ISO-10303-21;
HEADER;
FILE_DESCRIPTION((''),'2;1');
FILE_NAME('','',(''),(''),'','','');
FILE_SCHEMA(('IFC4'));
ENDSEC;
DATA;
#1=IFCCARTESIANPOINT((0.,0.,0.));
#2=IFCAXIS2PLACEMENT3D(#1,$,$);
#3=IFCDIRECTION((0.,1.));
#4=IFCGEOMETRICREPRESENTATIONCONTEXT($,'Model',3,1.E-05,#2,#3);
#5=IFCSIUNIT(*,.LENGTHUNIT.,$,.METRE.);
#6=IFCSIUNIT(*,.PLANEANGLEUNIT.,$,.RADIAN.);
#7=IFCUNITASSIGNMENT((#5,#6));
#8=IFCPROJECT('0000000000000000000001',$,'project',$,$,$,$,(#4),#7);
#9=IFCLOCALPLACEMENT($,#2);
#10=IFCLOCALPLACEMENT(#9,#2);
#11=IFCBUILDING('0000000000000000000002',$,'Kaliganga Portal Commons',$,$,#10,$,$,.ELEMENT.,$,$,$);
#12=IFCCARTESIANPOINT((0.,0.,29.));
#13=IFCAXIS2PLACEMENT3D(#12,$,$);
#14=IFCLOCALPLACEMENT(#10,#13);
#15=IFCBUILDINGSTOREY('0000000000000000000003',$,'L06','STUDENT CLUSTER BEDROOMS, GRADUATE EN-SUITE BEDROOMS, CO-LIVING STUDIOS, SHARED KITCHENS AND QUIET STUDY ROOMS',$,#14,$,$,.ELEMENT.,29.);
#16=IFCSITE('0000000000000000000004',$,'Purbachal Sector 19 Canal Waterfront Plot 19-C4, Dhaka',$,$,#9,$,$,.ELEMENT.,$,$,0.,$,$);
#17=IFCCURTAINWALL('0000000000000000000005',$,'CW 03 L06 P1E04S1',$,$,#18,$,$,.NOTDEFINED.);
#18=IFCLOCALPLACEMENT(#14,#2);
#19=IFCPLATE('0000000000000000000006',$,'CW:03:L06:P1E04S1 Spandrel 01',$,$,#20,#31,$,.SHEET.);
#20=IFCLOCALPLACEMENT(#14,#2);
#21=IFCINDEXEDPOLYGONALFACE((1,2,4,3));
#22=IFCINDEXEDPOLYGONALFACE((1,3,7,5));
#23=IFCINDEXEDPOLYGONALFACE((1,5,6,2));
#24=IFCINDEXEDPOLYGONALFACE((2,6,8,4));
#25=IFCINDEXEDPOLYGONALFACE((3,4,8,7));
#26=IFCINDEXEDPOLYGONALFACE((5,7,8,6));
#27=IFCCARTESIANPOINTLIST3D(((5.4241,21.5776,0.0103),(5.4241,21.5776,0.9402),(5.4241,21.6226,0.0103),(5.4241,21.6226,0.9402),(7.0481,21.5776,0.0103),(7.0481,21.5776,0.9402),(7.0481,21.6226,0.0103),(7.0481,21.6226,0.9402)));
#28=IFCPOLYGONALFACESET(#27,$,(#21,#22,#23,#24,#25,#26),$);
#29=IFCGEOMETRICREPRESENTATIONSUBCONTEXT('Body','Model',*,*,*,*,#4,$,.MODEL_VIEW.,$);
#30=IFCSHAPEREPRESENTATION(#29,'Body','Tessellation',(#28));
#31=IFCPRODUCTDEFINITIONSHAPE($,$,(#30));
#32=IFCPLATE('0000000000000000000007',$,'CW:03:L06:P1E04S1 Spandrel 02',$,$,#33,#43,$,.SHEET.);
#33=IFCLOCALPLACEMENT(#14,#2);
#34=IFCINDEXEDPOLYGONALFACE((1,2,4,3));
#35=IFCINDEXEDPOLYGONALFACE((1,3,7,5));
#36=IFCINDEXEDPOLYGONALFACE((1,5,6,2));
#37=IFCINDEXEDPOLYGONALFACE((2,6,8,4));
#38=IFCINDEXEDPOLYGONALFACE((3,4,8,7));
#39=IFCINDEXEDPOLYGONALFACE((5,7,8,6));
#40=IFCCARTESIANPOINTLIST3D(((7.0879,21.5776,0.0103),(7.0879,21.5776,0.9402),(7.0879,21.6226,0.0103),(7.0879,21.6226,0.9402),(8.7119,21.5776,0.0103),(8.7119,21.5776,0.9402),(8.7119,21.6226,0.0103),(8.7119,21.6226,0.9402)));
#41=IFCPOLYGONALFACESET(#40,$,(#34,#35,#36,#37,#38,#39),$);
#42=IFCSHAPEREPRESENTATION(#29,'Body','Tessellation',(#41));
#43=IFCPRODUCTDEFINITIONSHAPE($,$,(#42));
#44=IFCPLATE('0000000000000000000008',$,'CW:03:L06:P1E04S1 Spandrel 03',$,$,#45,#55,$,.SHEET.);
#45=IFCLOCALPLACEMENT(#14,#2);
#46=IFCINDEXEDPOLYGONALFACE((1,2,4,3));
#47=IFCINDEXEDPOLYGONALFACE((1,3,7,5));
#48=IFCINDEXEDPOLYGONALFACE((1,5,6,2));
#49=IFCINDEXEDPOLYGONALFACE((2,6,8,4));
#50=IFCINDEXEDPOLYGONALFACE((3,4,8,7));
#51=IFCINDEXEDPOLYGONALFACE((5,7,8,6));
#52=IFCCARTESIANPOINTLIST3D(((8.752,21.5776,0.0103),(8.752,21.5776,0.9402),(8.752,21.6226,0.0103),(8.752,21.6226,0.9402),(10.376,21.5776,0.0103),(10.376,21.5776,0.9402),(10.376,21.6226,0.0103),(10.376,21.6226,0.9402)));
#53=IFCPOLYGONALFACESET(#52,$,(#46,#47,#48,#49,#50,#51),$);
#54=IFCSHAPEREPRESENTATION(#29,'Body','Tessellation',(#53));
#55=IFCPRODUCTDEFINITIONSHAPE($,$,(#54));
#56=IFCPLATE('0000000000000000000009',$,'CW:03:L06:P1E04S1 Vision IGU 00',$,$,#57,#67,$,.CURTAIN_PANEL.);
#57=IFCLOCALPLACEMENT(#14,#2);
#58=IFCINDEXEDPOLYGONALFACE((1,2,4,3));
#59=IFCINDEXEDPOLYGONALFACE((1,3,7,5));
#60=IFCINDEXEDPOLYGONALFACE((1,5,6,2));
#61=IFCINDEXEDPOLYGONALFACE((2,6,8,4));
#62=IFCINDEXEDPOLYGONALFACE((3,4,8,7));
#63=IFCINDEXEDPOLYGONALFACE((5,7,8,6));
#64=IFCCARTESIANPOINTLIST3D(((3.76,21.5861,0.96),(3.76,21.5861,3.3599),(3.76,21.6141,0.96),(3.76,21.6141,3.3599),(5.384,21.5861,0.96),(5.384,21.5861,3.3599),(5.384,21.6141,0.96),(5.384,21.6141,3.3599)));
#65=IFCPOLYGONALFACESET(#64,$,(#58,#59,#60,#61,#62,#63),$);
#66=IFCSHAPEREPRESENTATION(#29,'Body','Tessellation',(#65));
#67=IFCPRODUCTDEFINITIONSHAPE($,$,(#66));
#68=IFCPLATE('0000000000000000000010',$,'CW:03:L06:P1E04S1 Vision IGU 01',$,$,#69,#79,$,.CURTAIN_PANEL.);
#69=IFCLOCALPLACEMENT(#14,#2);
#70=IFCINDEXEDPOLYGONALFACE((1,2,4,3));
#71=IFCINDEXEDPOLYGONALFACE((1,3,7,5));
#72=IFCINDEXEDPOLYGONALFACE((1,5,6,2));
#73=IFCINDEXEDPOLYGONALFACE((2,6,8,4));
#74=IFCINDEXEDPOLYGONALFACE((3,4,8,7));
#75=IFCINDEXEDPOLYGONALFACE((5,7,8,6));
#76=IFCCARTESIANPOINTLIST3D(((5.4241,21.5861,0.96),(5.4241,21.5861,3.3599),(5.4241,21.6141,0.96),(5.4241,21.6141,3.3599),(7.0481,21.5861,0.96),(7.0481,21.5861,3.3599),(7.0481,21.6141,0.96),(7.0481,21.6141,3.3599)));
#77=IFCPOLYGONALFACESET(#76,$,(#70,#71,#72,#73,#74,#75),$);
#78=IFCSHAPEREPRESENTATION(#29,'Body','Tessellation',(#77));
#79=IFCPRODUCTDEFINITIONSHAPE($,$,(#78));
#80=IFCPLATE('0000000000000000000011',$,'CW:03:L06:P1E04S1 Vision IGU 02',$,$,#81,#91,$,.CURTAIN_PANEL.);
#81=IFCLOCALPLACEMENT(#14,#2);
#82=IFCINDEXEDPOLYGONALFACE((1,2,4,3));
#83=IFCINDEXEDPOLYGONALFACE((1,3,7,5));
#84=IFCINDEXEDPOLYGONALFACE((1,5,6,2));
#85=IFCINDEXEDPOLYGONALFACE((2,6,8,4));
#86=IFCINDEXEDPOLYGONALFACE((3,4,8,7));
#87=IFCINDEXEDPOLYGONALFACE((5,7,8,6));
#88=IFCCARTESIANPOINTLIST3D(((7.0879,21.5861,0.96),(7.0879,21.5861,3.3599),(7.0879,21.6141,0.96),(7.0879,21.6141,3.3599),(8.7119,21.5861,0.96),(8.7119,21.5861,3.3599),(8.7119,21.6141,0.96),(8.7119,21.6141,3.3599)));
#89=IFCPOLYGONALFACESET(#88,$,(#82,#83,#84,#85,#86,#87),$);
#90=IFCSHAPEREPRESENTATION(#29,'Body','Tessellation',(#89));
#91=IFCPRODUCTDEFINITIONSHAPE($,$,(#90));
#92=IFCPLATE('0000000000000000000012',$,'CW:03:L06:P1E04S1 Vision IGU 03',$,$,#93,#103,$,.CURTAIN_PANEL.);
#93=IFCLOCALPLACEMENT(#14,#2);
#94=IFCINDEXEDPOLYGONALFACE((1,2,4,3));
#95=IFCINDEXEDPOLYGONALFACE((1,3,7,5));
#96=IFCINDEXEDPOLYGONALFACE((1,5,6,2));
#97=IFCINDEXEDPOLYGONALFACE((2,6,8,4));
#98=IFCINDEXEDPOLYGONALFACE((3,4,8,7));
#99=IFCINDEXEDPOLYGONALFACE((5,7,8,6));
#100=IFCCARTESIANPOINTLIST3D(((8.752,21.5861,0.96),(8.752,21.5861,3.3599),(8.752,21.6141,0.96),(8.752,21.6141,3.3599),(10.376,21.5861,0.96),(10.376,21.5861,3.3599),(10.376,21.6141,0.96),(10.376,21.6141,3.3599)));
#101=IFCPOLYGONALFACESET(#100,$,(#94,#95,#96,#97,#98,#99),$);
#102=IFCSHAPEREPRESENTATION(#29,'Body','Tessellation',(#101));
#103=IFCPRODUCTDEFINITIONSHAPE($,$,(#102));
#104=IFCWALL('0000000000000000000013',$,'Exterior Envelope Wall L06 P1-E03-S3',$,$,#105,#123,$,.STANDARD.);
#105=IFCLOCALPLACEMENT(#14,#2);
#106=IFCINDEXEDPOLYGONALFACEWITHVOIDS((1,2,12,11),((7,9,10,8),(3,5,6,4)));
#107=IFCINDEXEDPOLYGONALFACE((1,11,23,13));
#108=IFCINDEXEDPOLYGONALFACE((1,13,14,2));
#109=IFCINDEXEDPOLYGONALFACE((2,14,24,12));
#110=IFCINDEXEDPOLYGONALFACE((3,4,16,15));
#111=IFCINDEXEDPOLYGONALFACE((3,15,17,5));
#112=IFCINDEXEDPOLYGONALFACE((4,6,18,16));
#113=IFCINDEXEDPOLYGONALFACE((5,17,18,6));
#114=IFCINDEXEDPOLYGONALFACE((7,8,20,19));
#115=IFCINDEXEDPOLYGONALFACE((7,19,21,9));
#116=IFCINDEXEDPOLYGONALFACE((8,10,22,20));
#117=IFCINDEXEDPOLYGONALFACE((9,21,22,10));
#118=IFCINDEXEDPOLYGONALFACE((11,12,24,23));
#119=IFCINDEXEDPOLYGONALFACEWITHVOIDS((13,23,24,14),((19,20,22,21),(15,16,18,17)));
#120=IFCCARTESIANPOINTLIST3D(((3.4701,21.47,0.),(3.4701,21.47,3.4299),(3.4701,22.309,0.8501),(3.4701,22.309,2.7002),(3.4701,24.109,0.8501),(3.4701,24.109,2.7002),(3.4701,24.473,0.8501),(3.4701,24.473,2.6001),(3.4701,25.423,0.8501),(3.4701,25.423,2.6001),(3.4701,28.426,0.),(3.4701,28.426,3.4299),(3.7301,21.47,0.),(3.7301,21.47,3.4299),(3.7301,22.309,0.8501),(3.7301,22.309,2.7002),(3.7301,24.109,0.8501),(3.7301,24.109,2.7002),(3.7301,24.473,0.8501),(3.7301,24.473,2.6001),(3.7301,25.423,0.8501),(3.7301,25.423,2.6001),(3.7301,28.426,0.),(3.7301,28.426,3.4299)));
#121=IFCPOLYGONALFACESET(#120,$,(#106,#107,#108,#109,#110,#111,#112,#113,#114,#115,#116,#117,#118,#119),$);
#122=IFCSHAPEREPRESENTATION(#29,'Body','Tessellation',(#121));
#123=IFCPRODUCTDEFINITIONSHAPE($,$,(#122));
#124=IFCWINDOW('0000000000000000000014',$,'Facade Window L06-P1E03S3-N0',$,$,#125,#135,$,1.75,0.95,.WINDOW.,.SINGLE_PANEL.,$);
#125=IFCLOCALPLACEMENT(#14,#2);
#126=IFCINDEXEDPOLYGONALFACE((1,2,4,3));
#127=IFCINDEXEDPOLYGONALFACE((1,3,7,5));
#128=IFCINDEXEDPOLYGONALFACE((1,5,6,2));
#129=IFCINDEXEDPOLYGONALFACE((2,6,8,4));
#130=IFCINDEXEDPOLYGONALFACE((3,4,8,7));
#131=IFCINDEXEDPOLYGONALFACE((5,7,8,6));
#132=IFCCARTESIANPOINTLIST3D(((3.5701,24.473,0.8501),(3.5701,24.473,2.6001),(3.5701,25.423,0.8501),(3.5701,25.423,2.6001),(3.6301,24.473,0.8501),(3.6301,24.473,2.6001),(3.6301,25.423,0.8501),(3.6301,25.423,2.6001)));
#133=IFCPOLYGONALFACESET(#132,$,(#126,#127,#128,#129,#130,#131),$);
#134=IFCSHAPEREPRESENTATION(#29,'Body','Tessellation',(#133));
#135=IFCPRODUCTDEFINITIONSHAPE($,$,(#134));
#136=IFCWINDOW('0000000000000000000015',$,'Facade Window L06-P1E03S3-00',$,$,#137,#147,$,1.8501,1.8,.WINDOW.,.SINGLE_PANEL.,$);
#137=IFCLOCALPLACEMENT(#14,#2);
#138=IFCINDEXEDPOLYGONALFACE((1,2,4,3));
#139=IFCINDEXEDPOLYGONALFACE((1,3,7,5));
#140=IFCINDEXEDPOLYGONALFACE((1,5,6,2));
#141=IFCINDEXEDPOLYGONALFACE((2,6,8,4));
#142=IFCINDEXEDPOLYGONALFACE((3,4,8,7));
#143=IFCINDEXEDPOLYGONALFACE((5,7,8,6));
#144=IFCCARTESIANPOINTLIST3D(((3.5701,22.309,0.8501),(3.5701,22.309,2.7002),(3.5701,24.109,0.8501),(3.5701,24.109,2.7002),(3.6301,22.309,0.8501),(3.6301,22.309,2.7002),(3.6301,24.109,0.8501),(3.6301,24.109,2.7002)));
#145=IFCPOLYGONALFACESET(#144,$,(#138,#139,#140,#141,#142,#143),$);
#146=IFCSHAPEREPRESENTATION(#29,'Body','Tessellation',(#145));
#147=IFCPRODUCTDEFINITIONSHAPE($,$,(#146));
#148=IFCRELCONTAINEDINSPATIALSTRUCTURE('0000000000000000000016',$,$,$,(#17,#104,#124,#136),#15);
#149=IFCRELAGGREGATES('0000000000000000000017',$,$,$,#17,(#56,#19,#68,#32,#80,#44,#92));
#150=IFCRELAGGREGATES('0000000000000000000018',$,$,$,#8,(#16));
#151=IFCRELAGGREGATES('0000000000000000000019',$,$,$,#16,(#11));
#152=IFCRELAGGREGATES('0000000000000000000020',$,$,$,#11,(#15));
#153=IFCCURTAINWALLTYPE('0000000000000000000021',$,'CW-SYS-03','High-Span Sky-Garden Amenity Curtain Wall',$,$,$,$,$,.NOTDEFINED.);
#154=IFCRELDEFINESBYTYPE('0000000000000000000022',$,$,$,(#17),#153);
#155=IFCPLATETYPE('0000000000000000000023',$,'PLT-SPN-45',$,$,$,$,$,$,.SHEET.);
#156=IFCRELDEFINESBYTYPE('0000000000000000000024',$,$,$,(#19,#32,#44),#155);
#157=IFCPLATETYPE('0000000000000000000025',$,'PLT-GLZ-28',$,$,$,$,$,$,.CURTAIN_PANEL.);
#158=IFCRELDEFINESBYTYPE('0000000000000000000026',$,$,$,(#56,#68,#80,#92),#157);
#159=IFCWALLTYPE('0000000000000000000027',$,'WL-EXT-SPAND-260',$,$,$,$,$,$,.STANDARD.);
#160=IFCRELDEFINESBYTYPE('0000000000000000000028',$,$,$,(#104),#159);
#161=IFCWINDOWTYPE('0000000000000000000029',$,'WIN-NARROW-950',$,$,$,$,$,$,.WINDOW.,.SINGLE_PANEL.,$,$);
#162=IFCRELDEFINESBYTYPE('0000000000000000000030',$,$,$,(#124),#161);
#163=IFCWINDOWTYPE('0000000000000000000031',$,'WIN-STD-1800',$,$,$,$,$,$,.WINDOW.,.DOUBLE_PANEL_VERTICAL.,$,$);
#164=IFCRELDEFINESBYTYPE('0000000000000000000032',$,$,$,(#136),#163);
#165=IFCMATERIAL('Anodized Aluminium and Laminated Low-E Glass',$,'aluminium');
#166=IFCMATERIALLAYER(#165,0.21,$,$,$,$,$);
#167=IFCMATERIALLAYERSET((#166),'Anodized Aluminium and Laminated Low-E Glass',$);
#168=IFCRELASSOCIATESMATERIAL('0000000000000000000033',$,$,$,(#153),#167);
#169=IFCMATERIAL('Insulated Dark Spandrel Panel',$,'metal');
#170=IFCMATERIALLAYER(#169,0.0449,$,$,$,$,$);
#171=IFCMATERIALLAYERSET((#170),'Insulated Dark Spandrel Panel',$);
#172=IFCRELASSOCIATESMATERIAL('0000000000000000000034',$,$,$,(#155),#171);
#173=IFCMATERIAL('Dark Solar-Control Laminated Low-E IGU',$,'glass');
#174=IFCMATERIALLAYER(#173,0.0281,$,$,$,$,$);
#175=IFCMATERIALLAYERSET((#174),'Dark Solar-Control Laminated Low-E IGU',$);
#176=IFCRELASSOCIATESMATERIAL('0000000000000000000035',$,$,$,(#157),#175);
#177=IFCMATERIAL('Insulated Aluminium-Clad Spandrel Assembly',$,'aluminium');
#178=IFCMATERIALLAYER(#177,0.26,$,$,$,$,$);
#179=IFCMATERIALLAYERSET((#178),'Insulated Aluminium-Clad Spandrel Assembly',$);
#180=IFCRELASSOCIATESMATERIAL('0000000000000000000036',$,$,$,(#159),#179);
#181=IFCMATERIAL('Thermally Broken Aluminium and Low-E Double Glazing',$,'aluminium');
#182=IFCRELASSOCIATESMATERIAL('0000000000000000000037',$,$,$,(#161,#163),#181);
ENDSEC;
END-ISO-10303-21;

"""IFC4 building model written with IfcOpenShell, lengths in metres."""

from ifc_helpers import new_model, si_unit, direction, frame, frame_2d, origin, origin_2d, place, context, subcontext, project, spatial, rectangle, extrude, source, transform, mapped, material, layer, layer_set, type_object, element, fill, aggregate, save


model = new_model("IFC4")

# Units and contexts
model_context = context("Model", 3, precision=1e-05, world=origin(), true_north=direction((0.0, 1.0)))
body_context = subcontext(model_context, "Body", "Model", "MODEL_VIEW")
ifc_project = project(units=[si_unit("LENGTHUNIT", "METRE"), si_unit("PLANEANGLEUNIT", "RADIAN")], contexts=[model_context])

# Site, building, storey
site_placement = place(None, origin())
site = spatial("IfcSite", under=ifc_project, at=site_placement, Name="Purbachal Sector 19 Canal Waterfront Plot 19-C4, Dhaka", CompositionType="ELEMENT", RefElevation=0.0)
building_placement = place(site_placement, origin())
building = spatial("IfcBuilding", under=site, at=building_placement, Name="Kaliganga Portal Commons", CompositionType="ELEMENT")
storey_placement = place(building_placement, frame((0.0, 0.0, 29.0)))
storey = spatial("IfcBuildingStorey", under=building, at=storey_placement, Name="L06", Description="STUDENT CLUSTER BEDROOMS, GRADUATE EN-SUITE BEDROOMS, CO-LIVING STUDIOS, SHARED KITCHENS AND QUIET STUDY ROOMS", CompositionType="ELEMENT", Elevation=29.0)

# Curtain wall
ifc_material_1 = material(Name="Anodized Aluminium and Laminated Low-E Glass", Category="aluminium")
ifc_layer_1 = layer(ifc_material_1, 0.21)
ifc_layer_set_1 = layer_set([ifc_layer_1], Name="Anodized Aluminium and Laminated Low-E Glass")
curtain_wall_type = type_object("IfcCurtainWallType", Name="CW-SYS-03", Description="High-Span Sky-Garden Amenity Curtain Wall", PredefinedType="NOTDEFINED", material=ifc_layer_set_1)
curtain_wall_placement = place(storey_placement, origin())
curtain_wall = element("IfcCurtainWall", 1, at=curtain_wall_placement, inside=storey, type_object=curtain_wall_type, Name="CW 03 L06 P1E04S1", PredefinedType="NOTDEFINED")

# Plates
ifc_material_2 = material(Name="Insulated Dark Spandrel Panel", Category="metal")
ifc_layer_2 = layer(ifc_material_2, 0.0449)
ifc_layer_set_2 = layer_set([ifc_layer_2], Name="Insulated Dark Spandrel Panel")
plate_type_1 = type_object("IfcPlateType", Name="PLT-SPN-45", PredefinedType="SHEET", material=ifc_layer_set_2)
shared_shape_1 = source(origin(), body_context, "Body", "SweptSolid", [
    extrude(rectangle(XDim=1.624, YDim=0.0449, at=origin_2d()), origin(), (0.0, 0.0, 1.0), 0.9299),
])
plate_1_placement = place(storey_placement, frame((6.2361, 21.6001, 0.0103), z_axis=(0.0, 0.0, 1.0), x_axis=(1.0, 0.0, 0.0)))
plate_1 = element("IfcPlate", 2, at=plate_1_placement, type_object=plate_type_1, Name="CW:03:L06:P1E04S1 Spandrel 01", PredefinedType="SHEET", context=body_context, shape_type="MappedRepresentation", body=[
    mapped(shared_shape_1, transform((0.0, 0.0, 0.0), x_axis=(1.0, 0.0, 0.0), y_axis=(0.0, 1.0, 0.0), z_axis=(0.0, 0.0, 1.0), scale=1.0)),
])
plate_2_placement = place(storey_placement, frame((7.8999, 21.6001, 0.0103), z_axis=(0.0, 0.0, 1.0), x_axis=(1.0, 0.0, 0.0)))
plate_2 = element("IfcPlate", 3, at=plate_2_placement, type_object=plate_type_1, Name="CW:03:L06:P1E04S1 Spandrel 02", PredefinedType="SHEET", context=body_context, shape_type="MappedRepresentation", body=[
    mapped(shared_shape_1, transform((0.0, 0.0, 0.0), x_axis=(1.0, 0.0, 0.0), y_axis=(0.0, 1.0, 0.0), z_axis=(0.0, 0.0, 1.0), scale=1.0)),
])
plate_3_placement = place(storey_placement, frame((9.564, 21.6001, 0.0103), z_axis=(0.0, 0.0, 1.0), x_axis=(1.0, 0.0, 0.0)))
plate_3 = element("IfcPlate", 4, at=plate_3_placement, type_object=plate_type_1, Name="CW:03:L06:P1E04S1 Spandrel 03", PredefinedType="SHEET", context=body_context, shape_type="MappedRepresentation", body=[
    mapped(shared_shape_1, transform((0.0, 0.0, 0.0), x_axis=(1.0, 0.0, 0.0), y_axis=(0.0, 1.0, 0.0), z_axis=(0.0, 0.0, 1.0), scale=1.0)),
])
ifc_material_3 = material(Name="Dark Solar-Control Laminated Low-E IGU", Category="glass")
ifc_layer_3 = layer(ifc_material_3, 0.0281)
ifc_layer_set_3 = layer_set([ifc_layer_3], Name="Dark Solar-Control Laminated Low-E IGU")
plate_type_2 = type_object("IfcPlateType", Name="PLT-GLZ-28", PredefinedType="CURTAIN_PANEL", material=ifc_layer_set_3)
shared_shape_2 = source(origin(), body_context, "Body", "SweptSolid", [
    extrude(rectangle(XDim=1.624, YDim=0.0281, at=origin_2d()), origin(), (0.0, 0.0, 1.0), 2.3999),
])
plate_4_placement = place(storey_placement, frame((4.572, 21.6001, 0.96), z_axis=(0.0, 0.0, 1.0), x_axis=(1.0, 0.0, 0.0)))
plate_4 = element("IfcPlate", 5, at=plate_4_placement, type_object=plate_type_2, Name="CW:03:L06:P1E04S1 Vision IGU 00", PredefinedType="CURTAIN_PANEL", context=body_context, shape_type="MappedRepresentation", body=[
    mapped(shared_shape_2, transform((0.0, 0.0, 0.0), x_axis=(1.0, 0.0, 0.0), y_axis=(0.0, 1.0, 0.0), z_axis=(0.0, 0.0, 1.0), scale=1.0)),
])
plate_5_placement = place(storey_placement, frame((6.2361, 21.6001, 0.96), z_axis=(0.0, 0.0, 1.0), x_axis=(1.0, 0.0, 0.0)))
plate_5 = element("IfcPlate", 6, at=plate_5_placement, type_object=plate_type_2, Name="CW:03:L06:P1E04S1 Vision IGU 01", PredefinedType="CURTAIN_PANEL", context=body_context, shape_type="MappedRepresentation", body=[
    mapped(shared_shape_2, transform((0.0, 0.0, 0.0), x_axis=(1.0, 0.0, 0.0), y_axis=(0.0, 1.0, 0.0), z_axis=(0.0, 0.0, 1.0), scale=1.0)),
])
plate_6_placement = place(storey_placement, frame((7.8999, 21.6001, 0.96), z_axis=(0.0, 0.0, 1.0), x_axis=(1.0, 0.0, 0.0)))
plate_6 = element("IfcPlate", 7, at=plate_6_placement, type_object=plate_type_2, Name="CW:03:L06:P1E04S1 Vision IGU 02", PredefinedType="CURTAIN_PANEL", context=body_context, shape_type="MappedRepresentation", body=[
    mapped(shared_shape_2, transform((0.0, 0.0, 0.0), x_axis=(1.0, 0.0, 0.0), y_axis=(0.0, 1.0, 0.0), z_axis=(0.0, 0.0, 1.0), scale=1.0)),
])
plate_7_placement = place(storey_placement, frame((9.564, 21.6001, 0.96), z_axis=(0.0, 0.0, 1.0), x_axis=(1.0, 0.0, 0.0)))
plate_7 = element("IfcPlate", 8, at=plate_7_placement, type_object=plate_type_2, Name="CW:03:L06:P1E04S1 Vision IGU 03", PredefinedType="CURTAIN_PANEL", context=body_context, shape_type="MappedRepresentation", body=[
    mapped(shared_shape_2, transform((0.0, 0.0, 0.0), x_axis=(1.0, 0.0, 0.0), y_axis=(0.0, 1.0, 0.0), z_axis=(0.0, 0.0, 1.0), scale=1.0)),
])
aggregate(curtain_wall, [plate_4, plate_1, plate_5, plate_2, plate_6, plate_3, plate_7])

# Wall, openings, windows
ifc_material_4 = material(Name="Insulated Aluminium-Clad Spandrel Assembly", Category="aluminium")
ifc_layer_4 = layer(ifc_material_4, 0.26)
ifc_layer_set_4 = layer_set([ifc_layer_4], Name="Insulated Aluminium-Clad Spandrel Assembly")
wall_type = type_object("IfcWallType", Name="WL-EXT-SPAND-260", PredefinedType="STANDARD", material=ifc_layer_set_4)
wall_placement = place(storey_placement, frame((3.6001, 21.47, 0.0), z_axis=(0.0, 0.0, 1.0), x_axis=(0.0, 1.0, 0.0)))
wall = element("IfcWall", 9, at=wall_placement, inside=storey, type_object=wall_type, Name="Exterior Envelope Wall L06 P1-E03-S3", PredefinedType="STANDARD", context=body_context, shape_type="SweptSolid", body=[
    extrude(rectangle(XDim=6.9561, YDim=0.26, at=frame_2d((3.478, 0.0))), origin(), (0.0, 0.0, 1.0), 3.4299),
])
opening_1_placement = place(wall_placement, frame((0.8391, 0.0, 0.8501)))
opening_1 = element("IfcOpeningElement", 10, at=opening_1_placement, cuts=wall, PredefinedType="OPENING", context=body_context, shape_type="SweptSolid", body=[
    extrude(rectangle(XDim=1.8, YDim=1.8501, at=frame_2d((0.8999, 0.925))), frame((0.0, 0.1401, 0.0), z_axis=(0.0, -1.0, 0.0), x_axis=(1.0, 0.0, 0.0)), (0.0, 0.0, 1.0), 0.28),
])
opening_2_placement = place(wall_placement, frame((3.0029, 0.0, 0.8501)))
opening_2 = element("IfcOpeningElement", 11, at=opening_2_placement, cuts=wall, PredefinedType="OPENING", context=body_context, shape_type="SweptSolid", body=[
    extrude(rectangle(XDim=0.95, YDim=1.75, at=frame_2d((0.4751, 0.875))), frame((0.0, 0.1401, 0.0), z_axis=(0.0, -1.0, 0.0), x_axis=(1.0, 0.0, 0.0)), (0.0, 0.0, 1.0), 0.28),
])
ifc_material_5 = material(Name="Thermally Broken Aluminium and Low-E Double Glazing", Category="aluminium")
window_type_1 = type_object("IfcWindowType", Name="WIN-NARROW-950", PartitioningType="SINGLE_PANEL", PredefinedType="WINDOW", material=ifc_material_5)
window_1_placement = place(opening_2_placement, origin())
window_1 = element("IfcWindow", 12, at=window_1_placement, inside=storey, type_object=window_type_1, Name="Facade Window L06-P1E03S3-N0", OverallHeight=1.75, OverallWidth=0.95, PartitioningType="SINGLE_PANEL", PredefinedType="WINDOW", context=body_context, shape_type="SweptSolid", body=[
    extrude(rectangle(XDim=0.95, YDim=1.75, at=frame_2d((0.4751, 0.875))), frame((0.0, 0.03, 0.0), z_axis=(0.0, -1.0, 0.0), x_axis=(1.0, 0.0, 0.0)), (0.0, 0.0, 1.0), 0.0601),
])
fill(opening_2, window_1)
window_type_2 = type_object("IfcWindowType", Name="WIN-STD-1800", PartitioningType="DOUBLE_PANEL_VERTICAL", PredefinedType="WINDOW", material=ifc_material_5)
window_2_placement = place(opening_1_placement, origin())
window_2 = element("IfcWindow", 13, at=window_2_placement, inside=storey, type_object=window_type_2, Name="Facade Window L06-P1E03S3-00", OverallHeight=1.8501, OverallWidth=1.8, PartitioningType="SINGLE_PANEL", PredefinedType="WINDOW", context=body_context, shape_type="SweptSolid", body=[
    extrude(rectangle(XDim=1.8, YDim=1.8501, at=frame_2d((0.8999, 0.925))), frame((0.0, 0.03, 0.0), z_axis=(0.0, -1.0, 0.0), x_axis=(1.0, 0.0, 0.0)), (0.0, 0.0, 1.0), 0.0601),
])
fill(opening_1, window_2)

save(model, "model.ifc")
